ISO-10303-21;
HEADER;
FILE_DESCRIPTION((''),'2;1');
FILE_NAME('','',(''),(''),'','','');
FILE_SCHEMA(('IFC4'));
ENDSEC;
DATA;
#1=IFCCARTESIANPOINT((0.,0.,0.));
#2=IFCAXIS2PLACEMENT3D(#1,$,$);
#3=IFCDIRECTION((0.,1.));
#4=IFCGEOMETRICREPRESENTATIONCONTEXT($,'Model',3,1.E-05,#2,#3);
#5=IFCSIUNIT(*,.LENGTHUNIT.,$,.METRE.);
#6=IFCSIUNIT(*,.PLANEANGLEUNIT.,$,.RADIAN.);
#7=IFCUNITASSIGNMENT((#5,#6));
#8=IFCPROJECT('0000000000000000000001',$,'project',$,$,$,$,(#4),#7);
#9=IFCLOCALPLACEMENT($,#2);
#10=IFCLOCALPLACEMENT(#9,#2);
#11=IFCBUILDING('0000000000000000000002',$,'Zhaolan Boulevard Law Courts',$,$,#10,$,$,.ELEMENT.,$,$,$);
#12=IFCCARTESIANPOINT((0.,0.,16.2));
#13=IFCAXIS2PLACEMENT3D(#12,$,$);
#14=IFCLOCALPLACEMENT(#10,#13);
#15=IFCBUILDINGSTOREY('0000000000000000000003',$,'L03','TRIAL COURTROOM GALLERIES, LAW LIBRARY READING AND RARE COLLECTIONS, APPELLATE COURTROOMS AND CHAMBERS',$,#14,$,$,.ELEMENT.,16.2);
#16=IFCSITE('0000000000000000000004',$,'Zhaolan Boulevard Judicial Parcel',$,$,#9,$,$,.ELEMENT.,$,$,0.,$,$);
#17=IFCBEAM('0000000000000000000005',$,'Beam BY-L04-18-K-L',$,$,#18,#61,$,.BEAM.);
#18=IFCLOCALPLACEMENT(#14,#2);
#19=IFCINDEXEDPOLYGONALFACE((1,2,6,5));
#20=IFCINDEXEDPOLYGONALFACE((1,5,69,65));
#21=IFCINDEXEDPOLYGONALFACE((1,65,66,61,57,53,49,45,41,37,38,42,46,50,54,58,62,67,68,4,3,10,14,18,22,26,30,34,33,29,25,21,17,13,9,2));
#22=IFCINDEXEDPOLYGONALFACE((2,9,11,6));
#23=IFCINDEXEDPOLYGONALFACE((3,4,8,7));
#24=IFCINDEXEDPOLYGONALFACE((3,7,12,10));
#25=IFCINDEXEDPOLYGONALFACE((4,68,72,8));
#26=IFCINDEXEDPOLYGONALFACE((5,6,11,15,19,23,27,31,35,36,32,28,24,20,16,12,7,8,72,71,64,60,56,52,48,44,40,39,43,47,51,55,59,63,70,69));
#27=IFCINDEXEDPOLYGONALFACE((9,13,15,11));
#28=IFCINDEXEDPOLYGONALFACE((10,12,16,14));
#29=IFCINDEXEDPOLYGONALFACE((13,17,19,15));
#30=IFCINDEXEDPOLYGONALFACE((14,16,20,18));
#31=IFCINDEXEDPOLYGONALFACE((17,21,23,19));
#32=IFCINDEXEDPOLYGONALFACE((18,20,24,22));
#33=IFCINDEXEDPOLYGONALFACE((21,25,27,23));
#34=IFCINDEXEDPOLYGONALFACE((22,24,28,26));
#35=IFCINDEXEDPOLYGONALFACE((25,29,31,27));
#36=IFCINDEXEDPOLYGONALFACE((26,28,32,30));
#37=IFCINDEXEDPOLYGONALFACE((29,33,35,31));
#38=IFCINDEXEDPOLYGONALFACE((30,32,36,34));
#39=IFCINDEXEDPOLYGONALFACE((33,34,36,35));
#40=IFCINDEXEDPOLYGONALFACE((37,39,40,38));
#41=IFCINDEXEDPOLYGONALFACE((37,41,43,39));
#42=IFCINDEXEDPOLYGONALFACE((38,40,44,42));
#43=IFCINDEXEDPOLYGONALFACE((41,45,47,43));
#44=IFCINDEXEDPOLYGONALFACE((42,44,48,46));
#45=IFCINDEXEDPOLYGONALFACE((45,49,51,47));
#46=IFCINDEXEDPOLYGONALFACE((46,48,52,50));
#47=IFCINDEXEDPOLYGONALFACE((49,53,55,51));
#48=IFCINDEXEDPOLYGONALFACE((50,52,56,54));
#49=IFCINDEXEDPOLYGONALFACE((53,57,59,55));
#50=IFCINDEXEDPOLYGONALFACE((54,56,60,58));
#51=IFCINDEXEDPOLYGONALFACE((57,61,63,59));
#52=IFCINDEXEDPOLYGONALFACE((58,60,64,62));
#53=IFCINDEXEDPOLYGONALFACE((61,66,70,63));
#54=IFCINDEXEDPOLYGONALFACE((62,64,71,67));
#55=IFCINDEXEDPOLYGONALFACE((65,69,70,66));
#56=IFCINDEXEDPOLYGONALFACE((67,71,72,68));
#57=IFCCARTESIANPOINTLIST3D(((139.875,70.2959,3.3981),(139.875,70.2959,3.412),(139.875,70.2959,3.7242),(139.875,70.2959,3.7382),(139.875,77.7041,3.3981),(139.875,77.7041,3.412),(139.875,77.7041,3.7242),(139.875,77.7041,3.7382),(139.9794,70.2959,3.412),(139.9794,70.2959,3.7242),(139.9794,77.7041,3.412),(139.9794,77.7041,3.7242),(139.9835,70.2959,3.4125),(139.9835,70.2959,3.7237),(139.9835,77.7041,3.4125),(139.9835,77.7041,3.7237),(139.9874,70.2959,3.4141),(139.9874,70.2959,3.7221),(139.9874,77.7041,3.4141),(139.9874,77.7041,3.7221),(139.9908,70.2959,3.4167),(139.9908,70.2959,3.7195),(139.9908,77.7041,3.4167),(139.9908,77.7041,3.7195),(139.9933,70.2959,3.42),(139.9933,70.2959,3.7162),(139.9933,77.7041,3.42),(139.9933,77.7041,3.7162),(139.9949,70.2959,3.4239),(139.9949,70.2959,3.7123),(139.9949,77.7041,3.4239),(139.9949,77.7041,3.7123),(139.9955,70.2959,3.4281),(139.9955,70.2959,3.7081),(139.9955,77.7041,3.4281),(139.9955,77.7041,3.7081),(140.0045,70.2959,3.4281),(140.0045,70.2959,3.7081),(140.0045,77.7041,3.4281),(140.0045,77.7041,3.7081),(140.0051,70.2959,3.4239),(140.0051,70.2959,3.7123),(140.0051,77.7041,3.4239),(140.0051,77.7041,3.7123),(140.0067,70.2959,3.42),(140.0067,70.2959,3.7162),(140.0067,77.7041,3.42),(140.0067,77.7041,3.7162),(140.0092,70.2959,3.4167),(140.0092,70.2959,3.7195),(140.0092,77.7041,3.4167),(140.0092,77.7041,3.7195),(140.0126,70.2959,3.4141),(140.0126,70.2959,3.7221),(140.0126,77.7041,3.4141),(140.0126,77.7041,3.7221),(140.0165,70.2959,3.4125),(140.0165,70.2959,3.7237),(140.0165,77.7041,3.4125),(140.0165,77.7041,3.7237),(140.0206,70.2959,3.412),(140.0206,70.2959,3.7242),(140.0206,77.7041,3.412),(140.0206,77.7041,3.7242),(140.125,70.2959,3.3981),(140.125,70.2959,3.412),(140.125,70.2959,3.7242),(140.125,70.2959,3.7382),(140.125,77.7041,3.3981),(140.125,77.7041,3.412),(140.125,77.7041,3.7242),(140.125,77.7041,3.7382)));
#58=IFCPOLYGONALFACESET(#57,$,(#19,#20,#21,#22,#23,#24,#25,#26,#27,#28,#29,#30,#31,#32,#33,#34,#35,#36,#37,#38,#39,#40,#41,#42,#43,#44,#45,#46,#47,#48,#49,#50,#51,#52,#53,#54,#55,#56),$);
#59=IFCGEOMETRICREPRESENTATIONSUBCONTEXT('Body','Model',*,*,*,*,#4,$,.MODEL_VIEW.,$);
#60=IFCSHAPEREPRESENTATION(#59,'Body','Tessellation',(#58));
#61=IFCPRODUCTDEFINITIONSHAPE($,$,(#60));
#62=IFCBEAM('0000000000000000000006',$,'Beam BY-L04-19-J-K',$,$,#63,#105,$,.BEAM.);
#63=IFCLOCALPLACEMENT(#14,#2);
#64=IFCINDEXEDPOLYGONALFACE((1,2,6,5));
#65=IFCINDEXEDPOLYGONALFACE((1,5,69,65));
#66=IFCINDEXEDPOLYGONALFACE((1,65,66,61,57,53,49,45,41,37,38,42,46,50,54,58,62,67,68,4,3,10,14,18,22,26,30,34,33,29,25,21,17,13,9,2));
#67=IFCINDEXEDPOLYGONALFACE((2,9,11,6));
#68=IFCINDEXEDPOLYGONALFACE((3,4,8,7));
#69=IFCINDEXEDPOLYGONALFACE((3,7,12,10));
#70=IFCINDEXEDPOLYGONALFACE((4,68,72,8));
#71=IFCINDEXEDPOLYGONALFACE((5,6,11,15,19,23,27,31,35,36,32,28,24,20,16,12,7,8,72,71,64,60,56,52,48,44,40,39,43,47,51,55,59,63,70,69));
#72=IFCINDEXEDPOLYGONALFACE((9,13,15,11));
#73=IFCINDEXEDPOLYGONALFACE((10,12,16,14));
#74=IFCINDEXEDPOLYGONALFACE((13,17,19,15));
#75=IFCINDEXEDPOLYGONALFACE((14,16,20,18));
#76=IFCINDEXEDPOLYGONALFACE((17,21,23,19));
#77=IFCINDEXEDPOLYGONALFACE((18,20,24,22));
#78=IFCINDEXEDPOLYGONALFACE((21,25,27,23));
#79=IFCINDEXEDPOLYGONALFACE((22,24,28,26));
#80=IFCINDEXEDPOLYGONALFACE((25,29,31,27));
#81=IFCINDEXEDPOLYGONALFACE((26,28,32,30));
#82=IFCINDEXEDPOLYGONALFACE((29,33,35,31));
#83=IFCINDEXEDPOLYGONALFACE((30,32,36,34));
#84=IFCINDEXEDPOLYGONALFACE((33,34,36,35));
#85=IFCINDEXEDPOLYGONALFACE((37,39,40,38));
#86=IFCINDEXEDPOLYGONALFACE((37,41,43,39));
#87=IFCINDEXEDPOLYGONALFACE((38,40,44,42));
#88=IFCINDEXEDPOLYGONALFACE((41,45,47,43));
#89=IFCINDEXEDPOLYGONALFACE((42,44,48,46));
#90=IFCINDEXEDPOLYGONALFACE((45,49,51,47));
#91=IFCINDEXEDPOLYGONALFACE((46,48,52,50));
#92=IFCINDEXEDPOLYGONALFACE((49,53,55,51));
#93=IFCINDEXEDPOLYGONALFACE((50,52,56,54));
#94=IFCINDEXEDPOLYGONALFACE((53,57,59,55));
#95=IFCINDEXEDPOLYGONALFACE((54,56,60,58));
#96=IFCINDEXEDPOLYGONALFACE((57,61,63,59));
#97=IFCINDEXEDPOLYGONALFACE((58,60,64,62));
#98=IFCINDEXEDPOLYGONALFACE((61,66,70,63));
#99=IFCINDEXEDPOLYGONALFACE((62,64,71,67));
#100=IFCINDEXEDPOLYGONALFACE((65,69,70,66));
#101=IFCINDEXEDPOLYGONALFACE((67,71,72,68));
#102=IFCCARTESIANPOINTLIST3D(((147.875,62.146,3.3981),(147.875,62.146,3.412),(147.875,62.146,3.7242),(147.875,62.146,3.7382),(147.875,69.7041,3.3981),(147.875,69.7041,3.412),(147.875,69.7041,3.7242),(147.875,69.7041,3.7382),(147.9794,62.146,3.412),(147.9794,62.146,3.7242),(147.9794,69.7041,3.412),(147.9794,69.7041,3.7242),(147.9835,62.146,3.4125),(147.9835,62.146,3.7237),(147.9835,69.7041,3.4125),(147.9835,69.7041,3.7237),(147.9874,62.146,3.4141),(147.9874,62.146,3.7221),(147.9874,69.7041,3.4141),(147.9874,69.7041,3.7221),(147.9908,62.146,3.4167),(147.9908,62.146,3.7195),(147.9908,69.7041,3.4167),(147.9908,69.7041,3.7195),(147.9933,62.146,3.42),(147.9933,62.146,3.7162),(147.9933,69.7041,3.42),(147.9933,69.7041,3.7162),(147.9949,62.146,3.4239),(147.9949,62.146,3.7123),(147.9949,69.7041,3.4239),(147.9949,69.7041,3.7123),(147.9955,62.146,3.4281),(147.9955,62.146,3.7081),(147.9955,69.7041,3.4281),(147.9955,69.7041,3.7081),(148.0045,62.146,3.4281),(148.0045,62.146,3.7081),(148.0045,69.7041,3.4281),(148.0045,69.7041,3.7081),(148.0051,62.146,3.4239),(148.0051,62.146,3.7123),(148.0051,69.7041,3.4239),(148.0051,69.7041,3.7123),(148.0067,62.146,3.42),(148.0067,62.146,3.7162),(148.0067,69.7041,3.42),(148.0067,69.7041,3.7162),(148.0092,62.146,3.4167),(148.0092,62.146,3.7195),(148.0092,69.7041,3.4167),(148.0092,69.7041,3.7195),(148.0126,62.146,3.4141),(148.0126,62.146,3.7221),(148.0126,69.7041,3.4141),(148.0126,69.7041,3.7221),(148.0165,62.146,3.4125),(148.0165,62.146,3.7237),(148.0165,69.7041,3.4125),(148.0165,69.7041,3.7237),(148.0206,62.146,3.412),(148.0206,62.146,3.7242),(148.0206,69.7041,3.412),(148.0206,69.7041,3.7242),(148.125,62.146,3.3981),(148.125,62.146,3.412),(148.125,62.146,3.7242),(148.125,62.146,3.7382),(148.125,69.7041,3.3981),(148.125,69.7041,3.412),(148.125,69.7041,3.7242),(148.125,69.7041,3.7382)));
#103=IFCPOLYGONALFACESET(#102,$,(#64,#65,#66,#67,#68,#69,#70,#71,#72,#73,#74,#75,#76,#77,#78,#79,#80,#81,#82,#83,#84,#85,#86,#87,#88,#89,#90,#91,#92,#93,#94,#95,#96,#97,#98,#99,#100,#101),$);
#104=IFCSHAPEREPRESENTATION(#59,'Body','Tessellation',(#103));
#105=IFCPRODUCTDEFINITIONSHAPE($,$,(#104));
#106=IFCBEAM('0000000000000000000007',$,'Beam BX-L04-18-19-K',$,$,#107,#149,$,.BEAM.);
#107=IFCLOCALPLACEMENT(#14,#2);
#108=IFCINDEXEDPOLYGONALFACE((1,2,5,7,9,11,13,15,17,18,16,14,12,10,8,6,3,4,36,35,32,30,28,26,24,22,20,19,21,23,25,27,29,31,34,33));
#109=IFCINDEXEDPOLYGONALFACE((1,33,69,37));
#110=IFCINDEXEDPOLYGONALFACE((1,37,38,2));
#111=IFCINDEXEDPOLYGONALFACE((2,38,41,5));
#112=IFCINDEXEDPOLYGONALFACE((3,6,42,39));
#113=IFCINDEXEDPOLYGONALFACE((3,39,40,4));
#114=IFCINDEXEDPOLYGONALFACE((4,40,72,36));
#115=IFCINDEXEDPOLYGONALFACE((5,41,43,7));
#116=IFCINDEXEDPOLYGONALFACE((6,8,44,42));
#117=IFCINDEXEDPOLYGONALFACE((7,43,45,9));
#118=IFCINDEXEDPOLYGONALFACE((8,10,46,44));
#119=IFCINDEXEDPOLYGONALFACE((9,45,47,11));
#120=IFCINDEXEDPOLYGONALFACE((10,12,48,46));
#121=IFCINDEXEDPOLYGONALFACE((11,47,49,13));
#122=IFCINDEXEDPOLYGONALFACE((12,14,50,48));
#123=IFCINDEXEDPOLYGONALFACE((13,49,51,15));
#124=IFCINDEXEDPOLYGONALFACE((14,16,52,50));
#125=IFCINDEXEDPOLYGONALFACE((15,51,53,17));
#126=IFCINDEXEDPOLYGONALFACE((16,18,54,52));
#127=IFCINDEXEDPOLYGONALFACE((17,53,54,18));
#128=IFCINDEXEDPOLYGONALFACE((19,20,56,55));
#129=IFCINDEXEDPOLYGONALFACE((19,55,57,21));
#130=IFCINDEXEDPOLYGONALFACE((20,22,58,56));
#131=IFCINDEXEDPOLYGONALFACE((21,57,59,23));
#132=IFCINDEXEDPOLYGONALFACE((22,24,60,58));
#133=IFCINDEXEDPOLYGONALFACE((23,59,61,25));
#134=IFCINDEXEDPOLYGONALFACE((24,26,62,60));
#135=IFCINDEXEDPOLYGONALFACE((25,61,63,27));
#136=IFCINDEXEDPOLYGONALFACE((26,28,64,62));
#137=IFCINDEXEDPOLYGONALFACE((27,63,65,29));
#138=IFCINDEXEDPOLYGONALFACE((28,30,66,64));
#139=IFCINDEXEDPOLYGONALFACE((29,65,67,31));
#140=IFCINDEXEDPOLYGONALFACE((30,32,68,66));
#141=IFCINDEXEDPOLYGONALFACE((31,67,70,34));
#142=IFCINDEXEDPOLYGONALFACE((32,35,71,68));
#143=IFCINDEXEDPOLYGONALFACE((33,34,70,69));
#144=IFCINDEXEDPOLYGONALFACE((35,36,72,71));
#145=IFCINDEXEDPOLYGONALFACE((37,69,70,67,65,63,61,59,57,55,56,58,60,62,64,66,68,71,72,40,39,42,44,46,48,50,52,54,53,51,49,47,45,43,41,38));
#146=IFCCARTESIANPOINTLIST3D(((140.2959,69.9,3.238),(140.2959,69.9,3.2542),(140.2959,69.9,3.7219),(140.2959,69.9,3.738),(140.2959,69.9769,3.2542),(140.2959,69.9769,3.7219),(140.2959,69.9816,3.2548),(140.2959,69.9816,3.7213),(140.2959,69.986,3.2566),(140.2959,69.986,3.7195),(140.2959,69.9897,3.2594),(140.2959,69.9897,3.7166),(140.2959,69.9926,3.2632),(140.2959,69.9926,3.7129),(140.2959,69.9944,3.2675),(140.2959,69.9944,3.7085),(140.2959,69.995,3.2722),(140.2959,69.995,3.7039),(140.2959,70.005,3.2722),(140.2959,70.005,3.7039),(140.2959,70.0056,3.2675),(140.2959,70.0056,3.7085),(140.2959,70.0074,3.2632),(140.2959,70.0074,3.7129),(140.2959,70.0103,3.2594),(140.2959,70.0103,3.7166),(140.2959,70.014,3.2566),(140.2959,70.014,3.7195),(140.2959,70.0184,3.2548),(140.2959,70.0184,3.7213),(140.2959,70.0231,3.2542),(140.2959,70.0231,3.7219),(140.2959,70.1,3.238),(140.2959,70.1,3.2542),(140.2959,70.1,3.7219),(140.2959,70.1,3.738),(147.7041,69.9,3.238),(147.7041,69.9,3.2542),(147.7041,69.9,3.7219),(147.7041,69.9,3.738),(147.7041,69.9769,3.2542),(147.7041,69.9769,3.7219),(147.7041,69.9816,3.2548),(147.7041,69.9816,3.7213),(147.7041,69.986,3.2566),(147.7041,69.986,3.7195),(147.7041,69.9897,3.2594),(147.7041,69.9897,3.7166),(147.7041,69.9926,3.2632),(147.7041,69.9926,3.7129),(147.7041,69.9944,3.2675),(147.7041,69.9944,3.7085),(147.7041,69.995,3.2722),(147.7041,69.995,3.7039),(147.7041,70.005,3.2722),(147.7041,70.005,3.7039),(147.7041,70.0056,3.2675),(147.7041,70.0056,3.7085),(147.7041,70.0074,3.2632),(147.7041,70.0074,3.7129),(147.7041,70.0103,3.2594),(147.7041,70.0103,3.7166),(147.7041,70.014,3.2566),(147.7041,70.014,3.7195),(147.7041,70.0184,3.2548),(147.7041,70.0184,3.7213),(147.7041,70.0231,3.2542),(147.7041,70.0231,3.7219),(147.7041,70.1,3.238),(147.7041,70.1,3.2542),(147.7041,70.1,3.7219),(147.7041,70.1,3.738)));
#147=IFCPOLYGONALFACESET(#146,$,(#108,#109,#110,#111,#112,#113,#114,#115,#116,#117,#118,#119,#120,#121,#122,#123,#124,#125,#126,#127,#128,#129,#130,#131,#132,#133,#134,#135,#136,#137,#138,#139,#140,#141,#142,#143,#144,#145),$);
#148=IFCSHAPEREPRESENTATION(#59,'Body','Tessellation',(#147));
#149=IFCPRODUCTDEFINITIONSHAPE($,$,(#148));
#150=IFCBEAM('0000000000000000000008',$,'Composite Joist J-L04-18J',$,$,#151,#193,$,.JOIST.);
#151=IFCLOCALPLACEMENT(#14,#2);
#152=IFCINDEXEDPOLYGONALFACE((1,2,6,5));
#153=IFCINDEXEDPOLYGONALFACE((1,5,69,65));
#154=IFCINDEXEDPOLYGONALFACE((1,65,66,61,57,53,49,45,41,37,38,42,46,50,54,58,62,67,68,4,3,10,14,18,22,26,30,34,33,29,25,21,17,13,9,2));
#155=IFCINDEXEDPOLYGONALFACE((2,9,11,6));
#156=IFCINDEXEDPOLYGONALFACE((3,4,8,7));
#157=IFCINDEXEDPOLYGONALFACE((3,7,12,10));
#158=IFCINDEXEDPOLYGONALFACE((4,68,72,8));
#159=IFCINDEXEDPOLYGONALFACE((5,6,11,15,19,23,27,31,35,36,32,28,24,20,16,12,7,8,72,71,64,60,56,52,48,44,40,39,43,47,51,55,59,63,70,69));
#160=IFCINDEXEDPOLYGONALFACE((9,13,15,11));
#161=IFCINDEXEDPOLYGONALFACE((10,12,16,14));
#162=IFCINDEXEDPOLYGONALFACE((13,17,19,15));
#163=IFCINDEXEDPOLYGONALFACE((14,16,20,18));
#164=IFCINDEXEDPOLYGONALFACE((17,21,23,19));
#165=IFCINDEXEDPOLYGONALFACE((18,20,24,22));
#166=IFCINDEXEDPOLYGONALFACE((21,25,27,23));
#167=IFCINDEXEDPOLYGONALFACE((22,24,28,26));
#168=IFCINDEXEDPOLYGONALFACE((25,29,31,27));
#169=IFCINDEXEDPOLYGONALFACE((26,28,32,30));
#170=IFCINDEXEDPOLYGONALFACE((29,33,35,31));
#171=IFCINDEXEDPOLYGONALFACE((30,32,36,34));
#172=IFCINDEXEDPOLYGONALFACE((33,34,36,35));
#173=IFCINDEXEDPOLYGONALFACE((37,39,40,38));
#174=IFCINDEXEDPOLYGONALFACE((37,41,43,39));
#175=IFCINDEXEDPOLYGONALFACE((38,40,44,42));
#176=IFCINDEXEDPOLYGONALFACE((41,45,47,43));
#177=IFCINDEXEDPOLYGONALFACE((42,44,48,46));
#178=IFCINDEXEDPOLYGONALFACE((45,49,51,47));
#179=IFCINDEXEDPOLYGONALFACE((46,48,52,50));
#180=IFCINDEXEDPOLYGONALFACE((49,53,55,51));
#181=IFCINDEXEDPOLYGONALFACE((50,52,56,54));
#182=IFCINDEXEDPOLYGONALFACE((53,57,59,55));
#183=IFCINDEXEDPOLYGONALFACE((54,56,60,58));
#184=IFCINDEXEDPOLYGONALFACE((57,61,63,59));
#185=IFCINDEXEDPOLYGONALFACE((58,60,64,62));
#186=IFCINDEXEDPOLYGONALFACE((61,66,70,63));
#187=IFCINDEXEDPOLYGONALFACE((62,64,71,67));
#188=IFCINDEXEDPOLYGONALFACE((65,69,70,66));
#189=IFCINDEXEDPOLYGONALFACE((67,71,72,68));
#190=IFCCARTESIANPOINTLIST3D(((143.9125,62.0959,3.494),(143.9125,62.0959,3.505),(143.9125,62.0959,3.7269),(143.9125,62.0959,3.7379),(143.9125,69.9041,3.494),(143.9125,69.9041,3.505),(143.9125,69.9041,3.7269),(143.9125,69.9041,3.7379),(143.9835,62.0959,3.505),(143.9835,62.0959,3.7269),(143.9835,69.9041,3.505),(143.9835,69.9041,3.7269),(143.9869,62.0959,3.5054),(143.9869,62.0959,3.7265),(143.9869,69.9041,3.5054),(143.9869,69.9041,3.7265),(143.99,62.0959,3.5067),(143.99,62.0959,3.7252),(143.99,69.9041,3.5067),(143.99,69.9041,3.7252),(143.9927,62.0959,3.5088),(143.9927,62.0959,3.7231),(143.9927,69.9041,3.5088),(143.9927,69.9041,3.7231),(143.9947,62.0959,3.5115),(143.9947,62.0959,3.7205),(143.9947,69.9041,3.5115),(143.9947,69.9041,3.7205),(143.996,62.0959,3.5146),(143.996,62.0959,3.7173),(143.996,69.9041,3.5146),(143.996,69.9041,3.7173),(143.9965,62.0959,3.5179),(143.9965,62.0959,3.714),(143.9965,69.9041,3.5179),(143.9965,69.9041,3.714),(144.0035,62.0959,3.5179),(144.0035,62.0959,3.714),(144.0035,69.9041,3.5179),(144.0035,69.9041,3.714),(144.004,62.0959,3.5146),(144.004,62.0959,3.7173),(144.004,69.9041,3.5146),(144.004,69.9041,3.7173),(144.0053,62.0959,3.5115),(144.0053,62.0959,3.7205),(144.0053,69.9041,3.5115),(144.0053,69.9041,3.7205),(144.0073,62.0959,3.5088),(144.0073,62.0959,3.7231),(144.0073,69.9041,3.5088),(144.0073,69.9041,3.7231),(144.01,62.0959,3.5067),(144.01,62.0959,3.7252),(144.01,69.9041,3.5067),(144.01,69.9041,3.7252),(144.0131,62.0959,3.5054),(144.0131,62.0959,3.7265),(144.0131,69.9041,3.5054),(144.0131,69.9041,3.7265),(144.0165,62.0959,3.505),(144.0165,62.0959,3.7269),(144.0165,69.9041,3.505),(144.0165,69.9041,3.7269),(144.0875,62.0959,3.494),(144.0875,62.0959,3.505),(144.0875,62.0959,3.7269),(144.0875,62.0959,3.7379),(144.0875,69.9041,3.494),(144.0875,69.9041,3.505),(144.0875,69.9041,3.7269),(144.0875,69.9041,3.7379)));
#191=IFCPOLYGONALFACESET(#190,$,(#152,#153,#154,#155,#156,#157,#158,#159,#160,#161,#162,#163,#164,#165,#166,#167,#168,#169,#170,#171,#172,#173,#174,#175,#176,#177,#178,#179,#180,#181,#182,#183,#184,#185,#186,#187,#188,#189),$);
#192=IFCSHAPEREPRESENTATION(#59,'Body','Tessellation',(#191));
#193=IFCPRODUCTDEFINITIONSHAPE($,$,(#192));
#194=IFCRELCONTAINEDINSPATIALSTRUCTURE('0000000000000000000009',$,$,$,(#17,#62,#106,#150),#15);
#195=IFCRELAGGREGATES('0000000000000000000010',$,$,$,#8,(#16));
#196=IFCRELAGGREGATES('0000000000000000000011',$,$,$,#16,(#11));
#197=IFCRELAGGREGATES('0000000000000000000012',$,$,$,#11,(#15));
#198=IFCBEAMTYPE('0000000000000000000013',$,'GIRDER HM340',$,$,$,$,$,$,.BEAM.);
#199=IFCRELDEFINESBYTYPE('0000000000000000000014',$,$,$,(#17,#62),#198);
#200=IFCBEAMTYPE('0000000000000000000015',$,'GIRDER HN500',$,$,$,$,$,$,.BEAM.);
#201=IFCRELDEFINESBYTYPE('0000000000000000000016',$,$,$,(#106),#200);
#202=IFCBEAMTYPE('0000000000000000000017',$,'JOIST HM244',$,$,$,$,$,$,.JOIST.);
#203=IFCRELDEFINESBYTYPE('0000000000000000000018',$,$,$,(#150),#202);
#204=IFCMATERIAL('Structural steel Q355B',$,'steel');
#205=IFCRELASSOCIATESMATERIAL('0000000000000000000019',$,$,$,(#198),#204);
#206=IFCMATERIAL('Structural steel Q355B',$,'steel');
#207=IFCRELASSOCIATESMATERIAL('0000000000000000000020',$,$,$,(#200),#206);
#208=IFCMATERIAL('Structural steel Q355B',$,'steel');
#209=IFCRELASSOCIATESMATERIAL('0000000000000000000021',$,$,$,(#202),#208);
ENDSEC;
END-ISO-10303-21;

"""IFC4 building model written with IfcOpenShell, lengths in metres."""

from ifc_helpers import new_model, si_unit, direction, frame, origin, origin_2d, place, context, subcontext, project, spatial, i_section, extrude, material, material_profile, profile_set, type_object, element, save


model = new_model("IFC4")

# Units and contexts
model_context = context("Model", 3, precision=1e-05, world=origin(), true_north=direction((0.0, 1.0)))
body_context = subcontext(model_context, "Body", "Model", "MODEL_VIEW")
ifc_project = project(units=[si_unit("LENGTHUNIT", "METRE"), si_unit("PLANEANGLEUNIT", "RADIAN")], contexts=[model_context])

# Site, building, storey
site_placement = place(None, origin())
site = spatial("IfcSite", under=ifc_project, at=site_placement, Name="Zhaolan Boulevard Judicial Parcel", CompositionType="ELEMENT", RefElevation=0.0)
building_placement = place(site_placement, origin())
building = spatial("IfcBuilding", under=site, at=building_placement, Name="Zhaolan Boulevard Law Courts", CompositionType="ELEMENT")
storey_placement = place(building_placement, frame((0.0, 0.0, 16.2)))
storey = spatial("IfcBuildingStorey", under=building, at=storey_placement, Name="L03", Description="TRIAL COURTROOM GALLERIES, LAW LIBRARY READING AND RARE COLLECTIONS, APPELLATE COURTROOMS AND CHAMBERS", CompositionType="ELEMENT", Elevation=16.2)

# Beams
ifc_material_1 = material(Name="Structural steel Q355B", Category="steel")
ifc_material_profile_1 = material_profile(ifc_material_1, i_section(OverallWidth=0.25, OverallDepth=0.3401, WebThickness=0.009, FlangeThickness=0.0139, FilletRadius=0.0161, at=origin_2d()), Name="HM340x250")
ifc_profile_set_1 = profile_set([ifc_material_profile_1], Name="Structural steel Q355B")
beam_type_1 = type_object("IfcBeamType", Name="GIRDER HM340", PredefinedType="BEAM", material=ifc_profile_set_1)
beam_1_placement = place(storey_placement, frame((140.0, 70.2959, 3.5681), z_axis=(0.0, 1.0, 0.0), x_axis=(-1.0, 0.0, 0.0)))
element("IfcBeam", 1, at=beam_1_placement, inside=storey, type_object=beam_type_1, Name="Beam BY-L04-18-K-L", PredefinedType="BEAM", context=body_context, shape_type="SweptSolid", body=[
    extrude(i_section(OverallWidth=0.25, OverallDepth=0.3401, WebThickness=0.009, FlangeThickness=0.0139, FilletRadius=0.0161, at=origin_2d()), origin(), (0.0, 0.0, 1.0), 7.4082),
])
beam_2_placement = place(storey_placement, frame((148.0, 62.146, 3.5681), z_axis=(0.0, 1.0, 0.0), x_axis=(-1.0, 0.0, 0.0)))
element("IfcBeam", 2, at=beam_2_placement, inside=storey, type_object=beam_type_1, Name="Beam BY-L04-19-J-K", PredefinedType="BEAM", context=body_context, shape_type="SweptSolid", body=[
    extrude(i_section(OverallWidth=0.25, OverallDepth=0.3401, WebThickness=0.009, FlangeThickness=0.0139, FilletRadius=0.0161, at=origin_2d()), origin(), (0.0, 0.0, 1.0), 7.5581),
])
ifc_material_2 = material(Name="Structural steel Q355B", Category="steel")
ifc_material_profile_2 = material_profile(ifc_material_2, i_section(OverallWidth=0.2, OverallDepth=0.5, WebThickness=0.01, FlangeThickness=0.0161, FilletRadius=0.0181, at=origin_2d()), Name="HN500x200")
ifc_profile_set_2 = profile_set([ifc_material_profile_2], Name="Structural steel Q355B")
beam_type_2 = type_object("IfcBeamType", Name="GIRDER HN500", PredefinedType="BEAM", material=ifc_profile_set_2)
beam_3_placement = place(storey_placement, frame((140.2959, 70.0, 3.488), z_axis=(1.0, 0.0, 0.0), x_axis=(0.0, 1.0, 0.0)))
element("IfcBeam", 3, at=beam_3_placement, inside=storey, type_object=beam_type_2, Name="Beam BX-L04-18-19-K", PredefinedType="BEAM", context=body_context, shape_type="SweptSolid", body=[
    extrude(i_section(OverallWidth=0.2, OverallDepth=0.5, WebThickness=0.01, FlangeThickness=0.0161, FilletRadius=0.0181, at=origin_2d()), origin(), (0.0, 0.0, 1.0), 7.4082),
])
ifc_material_3 = material(Name="Structural steel Q355B", Category="steel")
ifc_material_profile_3 = material_profile(ifc_material_3, i_section(OverallWidth=0.175, OverallDepth=0.2439, WebThickness=0.0071, FlangeThickness=0.011, FilletRadius=0.0129, at=origin_2d()), Name="HM244x175")
ifc_profile_set_3 = profile_set([ifc_material_profile_3], Name="Structural steel Q355B")
beam_type_3 = type_object("IfcBeamType", Name="JOIST HM244", PredefinedType="JOIST", material=ifc_profile_set_3)
beam_4_placement = place(storey_placement, frame((144.0, 62.0959, 3.616), z_axis=(0.0, 1.0, 0.0), x_axis=(-1.0, 0.0, 0.0)))
element("IfcBeam", 4, at=beam_4_placement, inside=storey, type_object=beam_type_3, Name="Composite Joist J-L04-18J", PredefinedType="JOIST", context=body_context, shape_type="SweptSolid", body=[
    extrude(i_section(OverallWidth=0.175, OverallDepth=0.2439, WebThickness=0.0071, FlangeThickness=0.011, FilletRadius=0.0129, at=origin_2d()), origin(), (0.0, 0.0, 1.0), 7.8081),
])

save(model, "model.ifc")
